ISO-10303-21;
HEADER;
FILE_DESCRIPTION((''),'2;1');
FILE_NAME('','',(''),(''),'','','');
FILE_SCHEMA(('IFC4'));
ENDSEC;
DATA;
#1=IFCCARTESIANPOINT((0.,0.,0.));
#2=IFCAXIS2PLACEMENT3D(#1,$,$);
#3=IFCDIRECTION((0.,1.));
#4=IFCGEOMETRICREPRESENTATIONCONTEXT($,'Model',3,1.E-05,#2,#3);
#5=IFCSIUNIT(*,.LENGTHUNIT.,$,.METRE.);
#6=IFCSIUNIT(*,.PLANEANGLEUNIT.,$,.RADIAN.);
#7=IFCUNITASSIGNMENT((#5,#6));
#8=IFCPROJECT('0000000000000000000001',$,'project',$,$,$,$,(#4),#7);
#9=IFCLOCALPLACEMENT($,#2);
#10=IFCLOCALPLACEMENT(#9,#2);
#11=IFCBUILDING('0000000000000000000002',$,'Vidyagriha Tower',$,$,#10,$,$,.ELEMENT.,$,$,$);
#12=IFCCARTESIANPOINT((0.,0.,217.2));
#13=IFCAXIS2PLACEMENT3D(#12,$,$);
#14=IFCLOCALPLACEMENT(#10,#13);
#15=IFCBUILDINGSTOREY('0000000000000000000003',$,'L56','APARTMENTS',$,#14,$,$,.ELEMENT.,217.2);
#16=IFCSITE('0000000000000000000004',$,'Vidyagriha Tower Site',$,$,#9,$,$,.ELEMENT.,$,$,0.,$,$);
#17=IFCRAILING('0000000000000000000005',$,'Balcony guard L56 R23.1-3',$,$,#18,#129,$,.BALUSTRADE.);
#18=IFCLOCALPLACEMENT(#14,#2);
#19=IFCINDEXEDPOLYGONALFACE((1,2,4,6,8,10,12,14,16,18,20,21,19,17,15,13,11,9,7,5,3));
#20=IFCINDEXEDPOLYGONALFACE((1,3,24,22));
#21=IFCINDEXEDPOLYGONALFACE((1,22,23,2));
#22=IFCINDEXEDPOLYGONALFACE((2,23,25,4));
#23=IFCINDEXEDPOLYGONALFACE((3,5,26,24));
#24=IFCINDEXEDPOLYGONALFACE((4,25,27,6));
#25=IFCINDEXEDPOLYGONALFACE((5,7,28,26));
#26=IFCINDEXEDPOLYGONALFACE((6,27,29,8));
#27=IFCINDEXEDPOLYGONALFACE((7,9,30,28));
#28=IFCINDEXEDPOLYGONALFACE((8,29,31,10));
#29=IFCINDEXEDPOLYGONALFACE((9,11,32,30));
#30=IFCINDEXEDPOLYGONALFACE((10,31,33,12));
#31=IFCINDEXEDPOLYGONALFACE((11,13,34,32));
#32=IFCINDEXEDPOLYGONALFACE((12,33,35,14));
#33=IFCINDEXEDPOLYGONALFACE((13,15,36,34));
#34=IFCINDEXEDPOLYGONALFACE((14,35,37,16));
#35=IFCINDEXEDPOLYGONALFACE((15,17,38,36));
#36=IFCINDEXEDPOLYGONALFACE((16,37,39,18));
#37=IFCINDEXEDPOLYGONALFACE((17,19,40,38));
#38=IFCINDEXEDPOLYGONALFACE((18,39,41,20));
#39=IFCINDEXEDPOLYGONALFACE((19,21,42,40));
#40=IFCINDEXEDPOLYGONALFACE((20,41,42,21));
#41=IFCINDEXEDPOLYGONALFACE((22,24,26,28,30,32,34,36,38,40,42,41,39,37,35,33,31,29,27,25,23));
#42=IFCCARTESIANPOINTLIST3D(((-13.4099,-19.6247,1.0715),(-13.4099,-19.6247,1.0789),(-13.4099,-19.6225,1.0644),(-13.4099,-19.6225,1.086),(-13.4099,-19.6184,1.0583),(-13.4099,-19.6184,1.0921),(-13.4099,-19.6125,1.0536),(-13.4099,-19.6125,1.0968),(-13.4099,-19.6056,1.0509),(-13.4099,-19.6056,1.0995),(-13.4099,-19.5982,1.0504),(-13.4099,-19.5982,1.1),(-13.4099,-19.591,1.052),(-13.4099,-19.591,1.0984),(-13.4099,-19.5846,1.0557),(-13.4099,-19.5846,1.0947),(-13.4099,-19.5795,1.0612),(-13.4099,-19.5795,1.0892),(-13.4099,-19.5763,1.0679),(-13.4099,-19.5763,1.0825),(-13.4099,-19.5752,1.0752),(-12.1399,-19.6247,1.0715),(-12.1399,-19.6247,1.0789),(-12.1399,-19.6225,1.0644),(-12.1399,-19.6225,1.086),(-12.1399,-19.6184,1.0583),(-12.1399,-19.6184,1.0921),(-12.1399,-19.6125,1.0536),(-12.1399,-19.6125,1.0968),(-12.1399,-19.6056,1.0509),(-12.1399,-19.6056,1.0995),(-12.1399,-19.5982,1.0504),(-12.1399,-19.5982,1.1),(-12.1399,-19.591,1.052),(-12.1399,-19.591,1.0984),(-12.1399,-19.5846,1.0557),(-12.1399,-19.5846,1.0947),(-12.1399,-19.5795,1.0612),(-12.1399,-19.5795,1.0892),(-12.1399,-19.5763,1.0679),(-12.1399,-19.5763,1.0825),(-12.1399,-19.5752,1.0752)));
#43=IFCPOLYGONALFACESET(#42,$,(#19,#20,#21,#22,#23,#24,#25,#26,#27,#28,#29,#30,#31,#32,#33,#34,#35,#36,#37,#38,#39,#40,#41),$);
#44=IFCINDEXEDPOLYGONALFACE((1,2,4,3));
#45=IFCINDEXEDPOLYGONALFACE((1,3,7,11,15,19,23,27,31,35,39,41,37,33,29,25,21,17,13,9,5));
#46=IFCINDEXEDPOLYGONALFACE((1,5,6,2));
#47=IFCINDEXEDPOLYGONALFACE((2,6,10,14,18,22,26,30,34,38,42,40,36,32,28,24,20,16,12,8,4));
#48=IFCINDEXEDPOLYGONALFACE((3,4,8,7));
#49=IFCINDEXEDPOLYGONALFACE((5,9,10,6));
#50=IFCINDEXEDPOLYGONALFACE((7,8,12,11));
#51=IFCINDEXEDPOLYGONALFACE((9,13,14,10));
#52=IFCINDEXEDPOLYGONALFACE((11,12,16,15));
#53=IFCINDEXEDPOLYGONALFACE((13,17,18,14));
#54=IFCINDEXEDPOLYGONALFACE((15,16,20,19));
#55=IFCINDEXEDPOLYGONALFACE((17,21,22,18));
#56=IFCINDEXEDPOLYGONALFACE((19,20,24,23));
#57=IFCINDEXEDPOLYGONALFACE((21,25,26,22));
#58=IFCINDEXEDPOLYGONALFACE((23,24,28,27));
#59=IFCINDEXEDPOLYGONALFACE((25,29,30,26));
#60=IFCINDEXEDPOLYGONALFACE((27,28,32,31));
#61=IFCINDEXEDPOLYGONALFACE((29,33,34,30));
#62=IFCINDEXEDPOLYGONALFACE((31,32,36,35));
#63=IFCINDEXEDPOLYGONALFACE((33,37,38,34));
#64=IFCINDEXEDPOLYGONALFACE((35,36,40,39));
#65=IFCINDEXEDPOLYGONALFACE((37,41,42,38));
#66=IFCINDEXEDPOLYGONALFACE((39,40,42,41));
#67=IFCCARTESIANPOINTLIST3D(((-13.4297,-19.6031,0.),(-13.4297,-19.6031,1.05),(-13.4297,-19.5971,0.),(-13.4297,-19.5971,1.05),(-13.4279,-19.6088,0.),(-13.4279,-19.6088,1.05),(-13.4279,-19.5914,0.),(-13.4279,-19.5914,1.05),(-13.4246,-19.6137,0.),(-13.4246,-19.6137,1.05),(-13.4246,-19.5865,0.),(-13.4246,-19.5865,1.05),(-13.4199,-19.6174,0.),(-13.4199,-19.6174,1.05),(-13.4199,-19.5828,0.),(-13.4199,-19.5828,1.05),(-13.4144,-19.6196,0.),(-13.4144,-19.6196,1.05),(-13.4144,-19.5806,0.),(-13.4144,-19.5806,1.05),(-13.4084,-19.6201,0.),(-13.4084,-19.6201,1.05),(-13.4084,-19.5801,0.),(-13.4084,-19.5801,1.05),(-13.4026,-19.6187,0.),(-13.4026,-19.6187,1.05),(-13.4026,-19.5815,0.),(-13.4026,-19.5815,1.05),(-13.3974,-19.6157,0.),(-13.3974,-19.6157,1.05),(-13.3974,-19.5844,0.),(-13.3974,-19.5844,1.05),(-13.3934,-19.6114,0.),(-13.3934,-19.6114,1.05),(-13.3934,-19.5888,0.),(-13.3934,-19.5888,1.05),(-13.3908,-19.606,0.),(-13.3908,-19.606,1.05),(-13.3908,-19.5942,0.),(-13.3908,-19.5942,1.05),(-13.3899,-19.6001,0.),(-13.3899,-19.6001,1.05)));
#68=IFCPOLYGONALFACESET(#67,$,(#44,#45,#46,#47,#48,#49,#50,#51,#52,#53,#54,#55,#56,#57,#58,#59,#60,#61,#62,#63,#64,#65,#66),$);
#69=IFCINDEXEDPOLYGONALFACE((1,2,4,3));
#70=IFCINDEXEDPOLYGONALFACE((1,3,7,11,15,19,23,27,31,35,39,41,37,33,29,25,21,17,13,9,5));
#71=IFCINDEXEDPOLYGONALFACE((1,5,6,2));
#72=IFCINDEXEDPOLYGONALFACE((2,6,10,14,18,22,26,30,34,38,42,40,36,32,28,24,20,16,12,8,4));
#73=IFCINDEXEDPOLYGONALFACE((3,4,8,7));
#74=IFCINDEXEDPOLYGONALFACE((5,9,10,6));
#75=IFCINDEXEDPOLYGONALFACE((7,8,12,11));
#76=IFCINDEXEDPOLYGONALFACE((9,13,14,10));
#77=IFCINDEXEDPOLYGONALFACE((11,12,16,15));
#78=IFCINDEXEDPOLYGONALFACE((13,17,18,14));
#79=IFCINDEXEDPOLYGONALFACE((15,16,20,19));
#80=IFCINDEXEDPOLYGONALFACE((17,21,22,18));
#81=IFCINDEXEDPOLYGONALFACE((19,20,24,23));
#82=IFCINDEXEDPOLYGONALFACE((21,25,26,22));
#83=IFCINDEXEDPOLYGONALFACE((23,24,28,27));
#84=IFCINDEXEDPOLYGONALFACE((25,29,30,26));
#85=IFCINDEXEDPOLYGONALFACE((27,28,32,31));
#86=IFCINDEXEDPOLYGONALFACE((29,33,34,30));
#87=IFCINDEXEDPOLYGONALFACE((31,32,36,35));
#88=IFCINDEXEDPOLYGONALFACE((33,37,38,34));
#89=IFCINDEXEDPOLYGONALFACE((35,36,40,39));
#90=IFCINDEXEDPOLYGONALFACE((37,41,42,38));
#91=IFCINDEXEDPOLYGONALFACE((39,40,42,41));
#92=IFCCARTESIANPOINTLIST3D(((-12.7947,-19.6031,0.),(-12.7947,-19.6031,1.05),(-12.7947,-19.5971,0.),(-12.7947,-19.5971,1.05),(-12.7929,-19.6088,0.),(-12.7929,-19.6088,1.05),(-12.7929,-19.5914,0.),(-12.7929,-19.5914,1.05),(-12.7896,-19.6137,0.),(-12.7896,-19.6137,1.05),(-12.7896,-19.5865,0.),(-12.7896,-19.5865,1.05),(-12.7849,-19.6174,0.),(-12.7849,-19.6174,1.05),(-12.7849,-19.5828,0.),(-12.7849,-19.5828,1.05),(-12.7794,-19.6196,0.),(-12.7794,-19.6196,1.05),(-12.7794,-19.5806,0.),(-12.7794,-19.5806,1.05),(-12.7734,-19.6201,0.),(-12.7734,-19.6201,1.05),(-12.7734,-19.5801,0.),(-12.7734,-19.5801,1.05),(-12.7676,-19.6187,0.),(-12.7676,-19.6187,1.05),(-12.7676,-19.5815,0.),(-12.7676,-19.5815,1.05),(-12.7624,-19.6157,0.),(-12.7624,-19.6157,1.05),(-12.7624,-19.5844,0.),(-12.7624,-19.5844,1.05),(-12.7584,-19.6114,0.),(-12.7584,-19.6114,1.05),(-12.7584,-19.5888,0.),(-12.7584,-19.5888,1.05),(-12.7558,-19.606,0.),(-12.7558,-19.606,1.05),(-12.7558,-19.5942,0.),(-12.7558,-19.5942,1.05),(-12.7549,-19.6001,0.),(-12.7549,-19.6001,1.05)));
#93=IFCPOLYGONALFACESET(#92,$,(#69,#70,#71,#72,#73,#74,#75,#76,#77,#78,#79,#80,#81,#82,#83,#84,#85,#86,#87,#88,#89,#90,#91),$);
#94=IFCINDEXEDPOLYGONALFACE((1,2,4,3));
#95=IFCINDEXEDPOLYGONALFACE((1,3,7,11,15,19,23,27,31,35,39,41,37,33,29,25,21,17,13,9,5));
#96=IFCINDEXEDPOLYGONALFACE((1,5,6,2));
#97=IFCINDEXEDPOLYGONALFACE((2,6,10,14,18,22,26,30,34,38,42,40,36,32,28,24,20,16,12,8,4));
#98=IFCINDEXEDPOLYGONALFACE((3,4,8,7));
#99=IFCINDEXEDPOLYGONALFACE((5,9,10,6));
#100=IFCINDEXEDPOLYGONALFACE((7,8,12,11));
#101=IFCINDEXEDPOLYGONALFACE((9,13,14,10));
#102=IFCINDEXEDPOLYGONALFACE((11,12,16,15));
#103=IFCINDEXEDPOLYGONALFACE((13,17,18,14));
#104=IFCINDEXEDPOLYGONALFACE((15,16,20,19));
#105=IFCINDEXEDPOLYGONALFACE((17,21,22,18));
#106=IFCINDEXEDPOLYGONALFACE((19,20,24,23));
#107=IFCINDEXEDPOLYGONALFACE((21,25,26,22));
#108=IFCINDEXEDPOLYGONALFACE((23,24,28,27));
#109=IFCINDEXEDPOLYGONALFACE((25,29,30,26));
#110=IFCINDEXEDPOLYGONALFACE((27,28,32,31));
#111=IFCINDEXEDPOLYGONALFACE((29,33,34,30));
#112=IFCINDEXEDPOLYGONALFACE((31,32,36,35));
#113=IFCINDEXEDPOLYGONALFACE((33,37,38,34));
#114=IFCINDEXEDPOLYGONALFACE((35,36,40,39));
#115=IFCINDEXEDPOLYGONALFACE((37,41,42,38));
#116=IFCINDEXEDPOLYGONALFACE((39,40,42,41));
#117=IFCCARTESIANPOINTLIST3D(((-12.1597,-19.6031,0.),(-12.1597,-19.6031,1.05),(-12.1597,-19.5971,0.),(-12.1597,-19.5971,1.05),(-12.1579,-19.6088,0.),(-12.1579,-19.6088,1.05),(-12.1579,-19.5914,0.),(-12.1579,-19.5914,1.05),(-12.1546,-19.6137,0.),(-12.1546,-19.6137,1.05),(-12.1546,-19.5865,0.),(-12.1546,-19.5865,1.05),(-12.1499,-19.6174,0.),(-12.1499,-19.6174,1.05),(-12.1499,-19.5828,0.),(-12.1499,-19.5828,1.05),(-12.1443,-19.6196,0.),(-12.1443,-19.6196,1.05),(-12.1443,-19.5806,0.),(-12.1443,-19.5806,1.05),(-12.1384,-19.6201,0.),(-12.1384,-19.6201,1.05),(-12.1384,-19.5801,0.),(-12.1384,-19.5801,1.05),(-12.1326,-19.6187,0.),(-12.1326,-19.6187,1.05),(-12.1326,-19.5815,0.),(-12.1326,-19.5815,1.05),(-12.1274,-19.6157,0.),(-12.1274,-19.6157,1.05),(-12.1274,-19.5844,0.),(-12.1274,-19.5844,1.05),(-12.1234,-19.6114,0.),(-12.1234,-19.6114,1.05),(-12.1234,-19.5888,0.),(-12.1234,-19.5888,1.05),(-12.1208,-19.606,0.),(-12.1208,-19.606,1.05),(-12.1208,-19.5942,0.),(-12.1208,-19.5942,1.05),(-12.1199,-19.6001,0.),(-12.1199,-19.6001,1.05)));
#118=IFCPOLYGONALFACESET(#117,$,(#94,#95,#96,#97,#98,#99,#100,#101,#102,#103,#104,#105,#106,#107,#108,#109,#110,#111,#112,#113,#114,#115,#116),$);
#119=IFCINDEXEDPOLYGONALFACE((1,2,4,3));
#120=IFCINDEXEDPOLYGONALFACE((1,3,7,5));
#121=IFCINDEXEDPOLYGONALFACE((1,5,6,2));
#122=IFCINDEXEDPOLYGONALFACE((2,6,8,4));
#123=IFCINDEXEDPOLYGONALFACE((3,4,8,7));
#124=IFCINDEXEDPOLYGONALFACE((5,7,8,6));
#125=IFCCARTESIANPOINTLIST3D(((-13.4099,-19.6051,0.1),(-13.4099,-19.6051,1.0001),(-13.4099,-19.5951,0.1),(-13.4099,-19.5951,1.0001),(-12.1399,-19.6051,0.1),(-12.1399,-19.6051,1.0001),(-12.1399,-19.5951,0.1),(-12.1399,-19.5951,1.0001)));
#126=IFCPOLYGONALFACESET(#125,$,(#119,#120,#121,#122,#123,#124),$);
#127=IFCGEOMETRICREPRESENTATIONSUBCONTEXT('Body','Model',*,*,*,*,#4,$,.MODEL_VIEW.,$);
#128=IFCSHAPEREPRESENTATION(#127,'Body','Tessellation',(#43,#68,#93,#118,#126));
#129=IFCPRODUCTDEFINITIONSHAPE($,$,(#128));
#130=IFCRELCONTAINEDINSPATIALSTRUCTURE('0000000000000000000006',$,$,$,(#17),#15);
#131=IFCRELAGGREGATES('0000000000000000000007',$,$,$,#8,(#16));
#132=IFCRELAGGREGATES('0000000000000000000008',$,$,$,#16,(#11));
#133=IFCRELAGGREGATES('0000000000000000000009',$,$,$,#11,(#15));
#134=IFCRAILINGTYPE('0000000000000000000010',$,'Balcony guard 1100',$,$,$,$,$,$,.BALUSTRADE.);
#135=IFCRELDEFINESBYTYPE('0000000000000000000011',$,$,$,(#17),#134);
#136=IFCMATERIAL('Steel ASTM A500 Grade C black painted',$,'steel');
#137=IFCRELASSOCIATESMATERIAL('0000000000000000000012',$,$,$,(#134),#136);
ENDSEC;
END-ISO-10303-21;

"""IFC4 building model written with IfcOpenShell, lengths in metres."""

from ifc_helpers import new_model, si_unit, direction, frame, origin, origin_2d, place, context, subcontext, project, spatial, rectangle, circle, extrude, material, type_object, element, save


model = new_model("IFC4")

# Units and contexts
model_context = context("Model", 3, precision=1e-05, world=origin(), true_north=direction((0.0, 1.0)))
body_context = subcontext(model_context, "Body", "Model", "MODEL_VIEW")
ifc_project = project(units=[si_unit("LENGTHUNIT", "METRE"), si_unit("PLANEANGLEUNIT", "RADIAN")], contexts=[model_context])

# Site, building, storey
site_placement = place(None, origin())
site = spatial("IfcSite", under=ifc_project, at=site_placement, Name="Vidyagriha Tower Site", CompositionType="ELEMENT", RefElevation=0.0)
building_placement = place(site_placement, origin())
building = spatial("IfcBuilding", under=site, at=building_placement, Name="Vidyagriha Tower", CompositionType="ELEMENT")
storey_placement = place(building_placement, frame((0.0, 0.0, 217.2)))
storey = spatial("IfcBuildingStorey", under=building, at=storey_placement, Name="L56", Description="APARTMENTS", CompositionType="ELEMENT", Elevation=217.2)

# Railing
ifc_material_1 = material(Name="Steel ASTM A500 Grade C black painted", Category="steel")
railing_type = type_object("IfcRailingType", Name="Balcony guard 1100", PredefinedType="BALUSTRADE", material=ifc_material_1)
railing_1_placement = place(storey_placement, frame((-13.4099, -19.6001, 0.0)))
element("IfcRailing", 1, at=railing_1_placement, inside=storey, type_object=railing_type, Name="Balcony guard L56 R23.1-3", PredefinedType="BALUSTRADE", context=body_context, shape_type="SweptSolid", body=[
    extrude(circle(Radius=0.0249, at=origin_2d()), frame((0.0, 0.0, 1.0752), z_axis=(1.0, 0.0, 0.0), x_axis=(0.0, 1.0, 0.0)), (0.0, 0.0, 1.0), 1.27),
    extrude(circle(Radius=0.02, at=origin_2d()), origin(), (0.0, 0.0, 1.0), 1.05),
    extrude(circle(Radius=0.02, at=origin_2d()), frame((0.635, 0.0, 0.0)), (0.0, 0.0, 1.0), 1.05),
    extrude(circle(Radius=0.02, at=origin_2d()), frame((1.27, 0.0, 0.0)), (0.0, 0.0, 1.0), 1.05),
    extrude(rectangle(XDim=0.01, YDim=0.9001, at=origin_2d()), frame((0.0, 0.0, 0.55), z_axis=(1.0, 0.0, 0.0), x_axis=(0.0, 1.0, 0.0)), (0.0, 0.0, 1.0), 1.27),
])

save(model, "model.ifc")
